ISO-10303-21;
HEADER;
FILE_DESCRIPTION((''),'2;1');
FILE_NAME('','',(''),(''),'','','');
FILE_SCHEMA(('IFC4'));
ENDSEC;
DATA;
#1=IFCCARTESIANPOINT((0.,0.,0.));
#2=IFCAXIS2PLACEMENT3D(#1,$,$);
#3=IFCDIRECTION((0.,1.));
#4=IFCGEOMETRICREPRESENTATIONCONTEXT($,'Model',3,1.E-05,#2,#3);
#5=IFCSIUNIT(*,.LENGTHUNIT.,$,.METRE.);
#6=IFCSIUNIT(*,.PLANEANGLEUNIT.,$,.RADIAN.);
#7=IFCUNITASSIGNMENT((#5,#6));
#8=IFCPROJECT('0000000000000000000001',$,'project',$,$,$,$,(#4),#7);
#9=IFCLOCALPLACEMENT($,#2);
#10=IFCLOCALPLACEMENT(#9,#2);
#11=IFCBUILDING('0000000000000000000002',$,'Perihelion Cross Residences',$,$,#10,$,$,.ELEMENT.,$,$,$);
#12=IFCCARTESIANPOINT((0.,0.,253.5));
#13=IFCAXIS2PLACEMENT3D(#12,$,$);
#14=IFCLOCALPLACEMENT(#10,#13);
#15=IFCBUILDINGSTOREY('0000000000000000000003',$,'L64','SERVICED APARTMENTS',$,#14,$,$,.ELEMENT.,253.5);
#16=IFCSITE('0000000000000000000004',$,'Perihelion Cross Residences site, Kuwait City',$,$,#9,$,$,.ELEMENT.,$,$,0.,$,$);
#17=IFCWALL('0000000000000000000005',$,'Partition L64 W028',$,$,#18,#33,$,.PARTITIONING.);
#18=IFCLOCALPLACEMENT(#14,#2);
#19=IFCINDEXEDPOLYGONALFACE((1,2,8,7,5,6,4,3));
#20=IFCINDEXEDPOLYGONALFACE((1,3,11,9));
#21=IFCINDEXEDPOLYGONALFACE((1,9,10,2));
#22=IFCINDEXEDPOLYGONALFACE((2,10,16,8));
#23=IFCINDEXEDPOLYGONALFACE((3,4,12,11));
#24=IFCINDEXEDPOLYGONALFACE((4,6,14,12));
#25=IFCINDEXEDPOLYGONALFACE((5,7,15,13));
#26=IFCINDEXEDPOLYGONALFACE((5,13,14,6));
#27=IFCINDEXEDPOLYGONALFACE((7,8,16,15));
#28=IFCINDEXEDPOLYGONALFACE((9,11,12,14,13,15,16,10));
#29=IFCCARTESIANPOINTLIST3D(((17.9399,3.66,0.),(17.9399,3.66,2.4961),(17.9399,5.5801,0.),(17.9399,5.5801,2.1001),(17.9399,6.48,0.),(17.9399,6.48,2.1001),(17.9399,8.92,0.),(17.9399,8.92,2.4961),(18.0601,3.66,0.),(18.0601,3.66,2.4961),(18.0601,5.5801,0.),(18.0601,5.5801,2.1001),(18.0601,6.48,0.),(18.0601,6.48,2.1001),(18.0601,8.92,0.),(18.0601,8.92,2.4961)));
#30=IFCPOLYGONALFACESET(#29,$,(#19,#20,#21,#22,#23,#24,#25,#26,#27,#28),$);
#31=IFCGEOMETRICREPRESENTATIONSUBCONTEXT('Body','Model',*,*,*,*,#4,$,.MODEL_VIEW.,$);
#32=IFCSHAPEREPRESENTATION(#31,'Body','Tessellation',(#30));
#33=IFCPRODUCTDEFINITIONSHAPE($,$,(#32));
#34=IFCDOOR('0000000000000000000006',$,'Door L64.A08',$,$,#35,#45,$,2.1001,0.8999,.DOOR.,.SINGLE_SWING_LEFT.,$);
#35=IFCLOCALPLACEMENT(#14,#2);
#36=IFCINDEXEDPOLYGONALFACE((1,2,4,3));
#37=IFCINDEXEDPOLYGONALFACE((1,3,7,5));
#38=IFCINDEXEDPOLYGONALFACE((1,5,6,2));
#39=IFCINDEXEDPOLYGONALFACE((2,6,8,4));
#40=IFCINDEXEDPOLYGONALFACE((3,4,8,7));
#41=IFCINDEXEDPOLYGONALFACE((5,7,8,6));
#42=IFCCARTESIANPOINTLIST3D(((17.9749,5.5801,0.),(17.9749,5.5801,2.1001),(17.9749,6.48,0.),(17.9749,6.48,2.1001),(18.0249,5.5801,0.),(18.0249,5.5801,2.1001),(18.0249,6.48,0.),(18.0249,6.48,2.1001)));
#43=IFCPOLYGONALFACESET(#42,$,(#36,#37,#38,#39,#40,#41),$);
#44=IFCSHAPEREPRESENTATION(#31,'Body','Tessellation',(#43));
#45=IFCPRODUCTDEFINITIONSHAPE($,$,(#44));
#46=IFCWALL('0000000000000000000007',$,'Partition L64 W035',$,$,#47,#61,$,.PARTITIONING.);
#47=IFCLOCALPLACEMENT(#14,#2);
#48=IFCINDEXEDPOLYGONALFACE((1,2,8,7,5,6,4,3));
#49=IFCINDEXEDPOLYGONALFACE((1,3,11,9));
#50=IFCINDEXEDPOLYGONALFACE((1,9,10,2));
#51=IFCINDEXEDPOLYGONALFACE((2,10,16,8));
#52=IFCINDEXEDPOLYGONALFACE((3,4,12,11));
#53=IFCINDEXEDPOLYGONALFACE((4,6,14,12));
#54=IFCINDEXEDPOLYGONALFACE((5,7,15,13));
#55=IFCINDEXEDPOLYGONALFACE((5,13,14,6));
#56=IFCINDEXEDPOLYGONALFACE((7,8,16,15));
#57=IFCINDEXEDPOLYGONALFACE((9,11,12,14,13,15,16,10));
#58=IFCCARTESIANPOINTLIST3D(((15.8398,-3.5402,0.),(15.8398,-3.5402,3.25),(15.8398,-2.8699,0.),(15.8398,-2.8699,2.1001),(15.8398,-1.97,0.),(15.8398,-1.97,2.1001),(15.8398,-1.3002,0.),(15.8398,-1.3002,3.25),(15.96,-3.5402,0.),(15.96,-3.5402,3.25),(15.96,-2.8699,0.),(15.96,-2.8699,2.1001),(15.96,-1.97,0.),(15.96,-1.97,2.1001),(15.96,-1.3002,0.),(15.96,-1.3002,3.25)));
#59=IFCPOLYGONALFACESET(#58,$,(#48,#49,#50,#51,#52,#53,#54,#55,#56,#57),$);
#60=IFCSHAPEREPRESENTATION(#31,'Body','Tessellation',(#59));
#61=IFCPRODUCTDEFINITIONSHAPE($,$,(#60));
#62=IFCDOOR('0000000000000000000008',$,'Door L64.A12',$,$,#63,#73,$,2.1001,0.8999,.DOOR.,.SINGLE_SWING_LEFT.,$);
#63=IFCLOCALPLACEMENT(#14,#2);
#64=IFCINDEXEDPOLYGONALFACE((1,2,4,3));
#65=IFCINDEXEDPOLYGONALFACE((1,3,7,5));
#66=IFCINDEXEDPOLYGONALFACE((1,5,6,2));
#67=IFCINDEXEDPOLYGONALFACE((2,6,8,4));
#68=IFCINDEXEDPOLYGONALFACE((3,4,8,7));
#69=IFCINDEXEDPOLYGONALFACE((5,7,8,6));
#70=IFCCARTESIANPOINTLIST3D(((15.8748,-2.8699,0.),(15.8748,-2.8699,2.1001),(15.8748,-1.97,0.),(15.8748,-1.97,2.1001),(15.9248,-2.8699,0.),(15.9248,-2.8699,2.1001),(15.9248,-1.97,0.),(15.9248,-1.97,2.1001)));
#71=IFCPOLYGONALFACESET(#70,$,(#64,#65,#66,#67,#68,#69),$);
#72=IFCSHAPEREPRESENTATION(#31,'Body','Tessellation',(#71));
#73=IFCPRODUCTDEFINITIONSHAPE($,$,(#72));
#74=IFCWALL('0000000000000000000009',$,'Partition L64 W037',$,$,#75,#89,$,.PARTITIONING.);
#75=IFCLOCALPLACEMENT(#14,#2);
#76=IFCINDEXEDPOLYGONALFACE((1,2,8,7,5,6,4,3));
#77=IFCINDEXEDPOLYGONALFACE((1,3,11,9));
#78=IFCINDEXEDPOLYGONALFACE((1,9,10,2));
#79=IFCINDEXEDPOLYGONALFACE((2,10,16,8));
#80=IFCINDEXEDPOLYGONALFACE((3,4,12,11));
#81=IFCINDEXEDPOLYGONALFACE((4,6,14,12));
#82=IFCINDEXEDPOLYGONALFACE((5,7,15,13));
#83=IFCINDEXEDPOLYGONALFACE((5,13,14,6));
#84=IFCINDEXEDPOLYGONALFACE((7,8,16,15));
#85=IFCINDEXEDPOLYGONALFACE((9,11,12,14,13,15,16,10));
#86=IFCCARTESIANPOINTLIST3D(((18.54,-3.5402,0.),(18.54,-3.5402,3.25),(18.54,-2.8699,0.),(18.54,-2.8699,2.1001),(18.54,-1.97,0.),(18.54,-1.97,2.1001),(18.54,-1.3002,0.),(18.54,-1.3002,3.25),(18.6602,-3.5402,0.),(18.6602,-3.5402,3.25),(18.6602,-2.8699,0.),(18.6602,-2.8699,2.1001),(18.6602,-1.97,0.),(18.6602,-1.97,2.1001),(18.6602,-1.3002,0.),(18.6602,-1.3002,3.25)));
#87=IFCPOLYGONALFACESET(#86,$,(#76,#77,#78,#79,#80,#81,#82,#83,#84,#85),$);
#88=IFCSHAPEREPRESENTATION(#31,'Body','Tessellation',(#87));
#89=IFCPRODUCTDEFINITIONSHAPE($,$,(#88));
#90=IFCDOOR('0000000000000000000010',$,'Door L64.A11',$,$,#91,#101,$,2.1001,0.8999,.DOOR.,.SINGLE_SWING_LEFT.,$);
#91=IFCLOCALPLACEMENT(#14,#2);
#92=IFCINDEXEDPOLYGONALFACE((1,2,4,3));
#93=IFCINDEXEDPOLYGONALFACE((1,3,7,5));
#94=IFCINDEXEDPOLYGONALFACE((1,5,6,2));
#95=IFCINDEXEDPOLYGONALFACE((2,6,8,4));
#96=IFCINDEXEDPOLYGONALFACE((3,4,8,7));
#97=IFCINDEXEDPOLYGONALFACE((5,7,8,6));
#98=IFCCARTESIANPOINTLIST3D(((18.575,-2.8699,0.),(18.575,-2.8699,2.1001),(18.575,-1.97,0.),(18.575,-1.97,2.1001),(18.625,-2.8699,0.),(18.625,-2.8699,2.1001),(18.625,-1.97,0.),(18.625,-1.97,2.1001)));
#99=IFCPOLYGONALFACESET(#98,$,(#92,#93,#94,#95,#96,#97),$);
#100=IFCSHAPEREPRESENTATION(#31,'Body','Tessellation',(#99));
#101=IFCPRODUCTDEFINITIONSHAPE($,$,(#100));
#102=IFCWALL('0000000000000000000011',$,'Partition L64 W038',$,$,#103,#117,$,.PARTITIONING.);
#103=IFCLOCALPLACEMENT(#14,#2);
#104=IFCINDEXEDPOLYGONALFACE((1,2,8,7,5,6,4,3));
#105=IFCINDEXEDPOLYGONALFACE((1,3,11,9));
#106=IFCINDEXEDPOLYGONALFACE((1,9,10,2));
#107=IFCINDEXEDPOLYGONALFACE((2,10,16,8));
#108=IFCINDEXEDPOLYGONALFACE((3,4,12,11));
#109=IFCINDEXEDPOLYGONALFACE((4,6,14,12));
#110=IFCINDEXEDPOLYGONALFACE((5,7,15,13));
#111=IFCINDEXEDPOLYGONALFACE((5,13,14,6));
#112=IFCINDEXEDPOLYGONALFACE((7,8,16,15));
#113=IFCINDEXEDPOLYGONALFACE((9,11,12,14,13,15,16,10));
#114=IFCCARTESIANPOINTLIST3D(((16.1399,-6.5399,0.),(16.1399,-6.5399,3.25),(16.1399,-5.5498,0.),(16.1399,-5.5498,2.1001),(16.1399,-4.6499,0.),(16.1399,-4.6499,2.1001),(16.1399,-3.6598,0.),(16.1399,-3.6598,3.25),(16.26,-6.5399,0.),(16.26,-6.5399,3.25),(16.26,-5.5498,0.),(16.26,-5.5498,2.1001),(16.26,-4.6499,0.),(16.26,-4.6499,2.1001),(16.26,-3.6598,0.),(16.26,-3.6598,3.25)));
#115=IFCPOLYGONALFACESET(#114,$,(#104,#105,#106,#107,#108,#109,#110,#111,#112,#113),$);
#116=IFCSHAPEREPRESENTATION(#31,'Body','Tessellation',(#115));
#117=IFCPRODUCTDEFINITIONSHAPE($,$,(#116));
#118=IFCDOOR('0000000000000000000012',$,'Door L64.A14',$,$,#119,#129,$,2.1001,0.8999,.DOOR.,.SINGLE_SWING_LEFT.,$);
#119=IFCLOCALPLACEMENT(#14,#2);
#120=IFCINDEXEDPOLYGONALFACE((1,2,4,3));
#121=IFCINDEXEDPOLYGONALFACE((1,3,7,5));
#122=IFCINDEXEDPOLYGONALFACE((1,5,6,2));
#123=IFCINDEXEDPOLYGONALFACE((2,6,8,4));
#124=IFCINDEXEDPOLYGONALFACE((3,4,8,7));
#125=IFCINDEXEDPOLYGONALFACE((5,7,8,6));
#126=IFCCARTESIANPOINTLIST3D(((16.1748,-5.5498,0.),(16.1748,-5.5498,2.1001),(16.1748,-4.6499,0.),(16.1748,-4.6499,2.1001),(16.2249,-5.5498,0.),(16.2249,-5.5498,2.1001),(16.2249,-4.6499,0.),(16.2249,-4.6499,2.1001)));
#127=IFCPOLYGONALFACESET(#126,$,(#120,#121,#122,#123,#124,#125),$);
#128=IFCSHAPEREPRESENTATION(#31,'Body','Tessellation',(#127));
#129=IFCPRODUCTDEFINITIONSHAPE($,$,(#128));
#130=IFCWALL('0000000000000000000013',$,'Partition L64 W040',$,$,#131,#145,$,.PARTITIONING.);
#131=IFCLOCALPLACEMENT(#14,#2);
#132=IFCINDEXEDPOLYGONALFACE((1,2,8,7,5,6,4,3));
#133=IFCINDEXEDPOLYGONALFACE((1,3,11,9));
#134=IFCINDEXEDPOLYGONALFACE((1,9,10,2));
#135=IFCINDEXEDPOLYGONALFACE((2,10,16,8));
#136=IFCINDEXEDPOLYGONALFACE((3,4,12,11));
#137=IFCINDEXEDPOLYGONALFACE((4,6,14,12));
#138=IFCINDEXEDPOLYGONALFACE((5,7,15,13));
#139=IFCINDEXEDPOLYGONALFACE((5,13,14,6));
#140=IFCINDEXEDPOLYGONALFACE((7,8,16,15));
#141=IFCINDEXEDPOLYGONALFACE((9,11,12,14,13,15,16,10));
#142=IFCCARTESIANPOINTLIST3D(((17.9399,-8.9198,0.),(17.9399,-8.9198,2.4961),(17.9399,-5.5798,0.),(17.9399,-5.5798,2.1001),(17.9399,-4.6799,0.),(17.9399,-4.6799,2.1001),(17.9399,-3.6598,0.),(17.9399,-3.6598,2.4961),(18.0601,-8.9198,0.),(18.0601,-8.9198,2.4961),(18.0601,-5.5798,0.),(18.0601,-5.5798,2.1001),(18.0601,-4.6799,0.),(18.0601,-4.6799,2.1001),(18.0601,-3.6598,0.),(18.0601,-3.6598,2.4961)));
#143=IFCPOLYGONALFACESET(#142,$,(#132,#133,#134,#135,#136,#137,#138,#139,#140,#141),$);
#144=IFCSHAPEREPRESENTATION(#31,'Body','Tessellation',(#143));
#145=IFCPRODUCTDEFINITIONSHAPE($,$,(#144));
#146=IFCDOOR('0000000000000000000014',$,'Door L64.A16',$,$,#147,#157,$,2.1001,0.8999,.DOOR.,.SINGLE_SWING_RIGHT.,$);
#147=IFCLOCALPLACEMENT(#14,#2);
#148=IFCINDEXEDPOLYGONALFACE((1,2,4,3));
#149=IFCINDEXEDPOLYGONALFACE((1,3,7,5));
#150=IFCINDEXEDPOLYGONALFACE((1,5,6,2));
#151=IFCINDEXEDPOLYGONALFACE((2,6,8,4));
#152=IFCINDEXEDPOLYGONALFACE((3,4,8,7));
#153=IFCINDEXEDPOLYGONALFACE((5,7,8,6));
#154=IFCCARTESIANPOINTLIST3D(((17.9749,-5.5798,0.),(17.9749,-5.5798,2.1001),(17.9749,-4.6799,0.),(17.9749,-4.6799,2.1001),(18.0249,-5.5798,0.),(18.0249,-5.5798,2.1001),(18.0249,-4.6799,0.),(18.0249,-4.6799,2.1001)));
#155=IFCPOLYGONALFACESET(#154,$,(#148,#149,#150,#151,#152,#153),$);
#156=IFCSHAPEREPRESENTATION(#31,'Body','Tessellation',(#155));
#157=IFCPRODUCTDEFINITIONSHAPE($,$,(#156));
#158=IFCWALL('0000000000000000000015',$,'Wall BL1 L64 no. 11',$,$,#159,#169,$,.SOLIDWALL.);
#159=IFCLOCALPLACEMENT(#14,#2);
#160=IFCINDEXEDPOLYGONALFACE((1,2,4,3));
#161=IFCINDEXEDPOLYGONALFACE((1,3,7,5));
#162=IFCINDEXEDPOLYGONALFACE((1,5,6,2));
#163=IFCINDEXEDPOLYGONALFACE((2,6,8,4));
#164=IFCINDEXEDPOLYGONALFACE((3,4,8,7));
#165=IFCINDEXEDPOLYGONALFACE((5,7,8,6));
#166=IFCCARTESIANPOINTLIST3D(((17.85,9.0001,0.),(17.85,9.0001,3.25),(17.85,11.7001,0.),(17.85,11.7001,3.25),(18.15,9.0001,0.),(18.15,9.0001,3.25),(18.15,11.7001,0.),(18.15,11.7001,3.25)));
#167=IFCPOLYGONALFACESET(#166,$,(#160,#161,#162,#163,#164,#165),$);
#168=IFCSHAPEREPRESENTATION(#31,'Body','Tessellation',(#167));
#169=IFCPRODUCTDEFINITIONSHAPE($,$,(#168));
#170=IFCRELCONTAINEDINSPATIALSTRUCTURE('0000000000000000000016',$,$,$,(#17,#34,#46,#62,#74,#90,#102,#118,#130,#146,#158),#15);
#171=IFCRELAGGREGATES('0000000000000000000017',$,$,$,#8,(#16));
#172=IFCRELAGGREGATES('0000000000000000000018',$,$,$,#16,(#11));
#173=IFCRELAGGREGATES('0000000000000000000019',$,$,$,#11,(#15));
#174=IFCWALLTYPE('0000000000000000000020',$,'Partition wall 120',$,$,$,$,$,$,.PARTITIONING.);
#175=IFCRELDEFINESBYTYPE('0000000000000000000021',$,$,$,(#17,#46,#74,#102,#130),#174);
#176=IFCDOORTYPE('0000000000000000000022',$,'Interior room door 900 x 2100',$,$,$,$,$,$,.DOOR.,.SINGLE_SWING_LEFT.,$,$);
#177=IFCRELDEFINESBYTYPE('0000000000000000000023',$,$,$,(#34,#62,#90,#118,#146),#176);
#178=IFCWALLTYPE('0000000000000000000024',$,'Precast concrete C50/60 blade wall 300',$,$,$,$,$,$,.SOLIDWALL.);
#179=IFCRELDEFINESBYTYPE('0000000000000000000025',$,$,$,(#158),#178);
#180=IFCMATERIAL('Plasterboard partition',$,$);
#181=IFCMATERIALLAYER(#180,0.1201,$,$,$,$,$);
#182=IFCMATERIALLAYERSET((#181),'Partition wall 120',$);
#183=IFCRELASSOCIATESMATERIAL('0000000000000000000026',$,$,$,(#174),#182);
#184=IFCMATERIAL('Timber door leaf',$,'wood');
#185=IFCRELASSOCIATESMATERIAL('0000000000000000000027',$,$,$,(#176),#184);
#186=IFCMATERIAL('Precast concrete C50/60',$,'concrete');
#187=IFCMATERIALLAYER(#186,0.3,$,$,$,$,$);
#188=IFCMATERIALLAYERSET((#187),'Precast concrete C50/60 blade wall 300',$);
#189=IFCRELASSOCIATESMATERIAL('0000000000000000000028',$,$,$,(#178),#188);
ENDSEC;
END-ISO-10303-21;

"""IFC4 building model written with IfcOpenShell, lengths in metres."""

from ifc_helpers import new_model, si_unit, direction, frame, frame_2d, origin, place, context, subcontext, project, spatial, rectangle, extrude, material, layer, layer_set, type_object, element, fill, save


model = new_model("IFC4")

# Units and contexts
model_context = context("Model", 3, precision=1e-05, world=origin(), true_north=direction((0.0, 1.0)))
body_context = subcontext(model_context, "Body", "Model", "MODEL_VIEW")
ifc_project = project(units=[si_unit("LENGTHUNIT", "METRE"), si_unit("PLANEANGLEUNIT", "RADIAN")], contexts=[model_context])

# Site, building, storey
site_placement = place(None, origin())
site = spatial("IfcSite", under=ifc_project, at=site_placement, Name="Perihelion Cross Residences site, Kuwait City", CompositionType="ELEMENT", RefElevation=0.0)
building_placement = place(site_placement, origin())
building = spatial("IfcBuilding", under=site, at=building_placement, Name="Perihelion Cross Residences", CompositionType="ELEMENT")
storey_placement = place(building_placement, frame((0.0, 0.0, 253.5)))
storey = spatial("IfcBuildingStorey", under=building, at=storey_placement, Name="L64", Description="SERVICED APARTMENTS", CompositionType="ELEMENT", Elevation=253.5)

# Walls, openings, doors
ifc_material_1 = material(Name="Plasterboard partition")
ifc_layer_1 = layer(ifc_material_1, 0.1201)
ifc_layer_set_1 = layer_set([ifc_layer_1], Name="Partition wall 120")
wall_type_1 = type_object("IfcWallType", Name="Partition wall 120", PredefinedType="PARTITIONING", material=ifc_layer_set_1)
ifc_material_2 = material(Name="Timber door leaf", Category="wood")
door_type_1 = type_object("IfcDoorType", Name="Interior room door 900 x 2100", OperationType="SINGLE_SWING_LEFT", PredefinedType="DOOR", material=ifc_material_2)
wall_1_placement = place(storey_placement, frame((18.0, 8.9199, 0.0), z_axis=(0.0, 0.0, 1.0), x_axis=(0.0, -1.0, 0.0)))
wall_1 = element("IfcWall", 1, at=wall_1_placement, inside=storey, type_object=wall_type_1, Name="Partition L64 W028", PredefinedType="PARTITIONING", context=body_context, shape_type="SweptSolid", body=[
    extrude(rectangle(XDim=5.26, YDim=0.1201, at=frame_2d((2.6299, 0.0))), origin(), (0.0, 0.0, 1.0), 2.4961),
])
opening_1_placement = place(wall_1_placement, frame((2.4399, 0.0, 0.0)))
opening_1 = element("IfcOpeningElement", 2, at=opening_1_placement, cuts=wall_1, PredefinedType="OPENING", context=body_context, shape_type="SweptSolid", body=[
    extrude(rectangle(XDim=0.8999, YDim=2.1001, at=frame_2d((0.45, 1.05))), frame((0.0, 0.0701, 0.0), z_axis=(0.0, -1.0, 0.0), x_axis=(1.0, 0.0, 0.0)), (0.0, 0.0, 1.0), 0.1401),
])
door_1_placement = place(opening_1_placement, origin())
door_1 = element("IfcDoor", 3, at=door_1_placement, inside=storey, type_object=door_type_1, Name="Door L64.A08", OperationType="SINGLE_SWING_LEFT", OverallHeight=2.1001, OverallWidth=0.8999, PredefinedType="DOOR", context=body_context, shape_type="SweptSolid", body=[
    extrude(rectangle(XDim=0.8999, YDim=2.1001, at=frame_2d((0.45, 1.05))), frame((0.0, 0.0249, 0.0), z_axis=(0.0, -1.0, 0.0), x_axis=(1.0, 0.0, 0.0)), (0.0, 0.0, 1.0), 0.05),
])
fill(opening_1, door_1)
wall_2_placement = place(storey_placement, frame((15.8999, -1.3, 0.0), z_axis=(0.0, 0.0, 1.0), x_axis=(0.0, -1.0, 0.0)))
wall_2 = element("IfcWall", 4, at=wall_2_placement, inside=storey, type_object=wall_type_1, Name="Partition L64 W035", PredefinedType="PARTITIONING", context=body_context, shape_type="SweptSolid", body=[
    extrude(rectangle(XDim=2.24, YDim=0.1201, at=frame_2d((1.1201, 0.0))), origin(), (0.0, 0.0, 1.0), 3.25),
])
opening_2_placement = place(wall_2_placement, frame((0.6699, 0.0, 0.0)))
opening_2 = element("IfcOpeningElement", 5, at=opening_2_placement, cuts=wall_2, PredefinedType="OPENING", context=body_context, shape_type="SweptSolid", body=[
    extrude(rectangle(XDim=0.8999, YDim=2.1001, at=frame_2d((0.45, 1.05))), frame((0.0, 0.0701, 0.0), z_axis=(0.0, -1.0, 0.0), x_axis=(1.0, 0.0, 0.0)), (0.0, 0.0, 1.0), 0.1401),
])
door_2_placement = place(opening_2_placement, origin())
door_2 = element("IfcDoor", 6, at=door_2_placement, inside=storey, type_object=door_type_1, Name="Door L64.A12", OperationType="SINGLE_SWING_LEFT", OverallHeight=2.1001, OverallWidth=0.8999, PredefinedType="DOOR", context=body_context, shape_type="SweptSolid", body=[
    extrude(rectangle(XDim=0.8999, YDim=2.1001, at=frame_2d((0.45, 1.05))), frame((0.0, 0.0249, 0.0), z_axis=(0.0, -1.0, 0.0), x_axis=(1.0, 0.0, 0.0)), (0.0, 0.0, 1.0), 0.05),
])
fill(opening_2, door_2)
wall_3_placement = place(storey_placement, frame((18.6001, -1.3, 0.0), z_axis=(0.0, 0.0, 1.0), x_axis=(0.0, -1.0, 0.0)))
wall_3 = element("IfcWall", 7, at=wall_3_placement, inside=storey, type_object=wall_type_1, Name="Partition L64 W037", PredefinedType="PARTITIONING", context=body_context, shape_type="SweptSolid", body=[
    extrude(rectangle(XDim=2.24, YDim=0.1201, at=frame_2d((1.1201, 0.0))), origin(), (0.0, 0.0, 1.0), 3.25),
])
opening_3_placement = place(wall_3_placement, frame((0.6699, 0.0, 0.0)))
opening_3 = element("IfcOpeningElement", 8, at=opening_3_placement, cuts=wall_3, PredefinedType="OPENING", context=body_context, shape_type="SweptSolid", body=[
    extrude(rectangle(XDim=0.8999, YDim=2.1001, at=frame_2d((0.45, 1.05))), frame((0.0, 0.0701, 0.0), z_axis=(0.0, -1.0, 0.0), x_axis=(1.0, 0.0, 0.0)), (0.0, 0.0, 1.0), 0.1401),
])
door_3_placement = place(opening_3_placement, origin())
door_3 = element("IfcDoor", 9, at=door_3_placement, inside=storey, type_object=door_type_1, Name="Door L64.A11", OperationType="SINGLE_SWING_LEFT", OverallHeight=2.1001, OverallWidth=0.8999, PredefinedType="DOOR", context=body_context, shape_type="SweptSolid", body=[
    extrude(rectangle(XDim=0.8999, YDim=2.1001, at=frame_2d((0.45, 1.05))), frame((0.0, 0.0249, 0.0), z_axis=(0.0, -1.0, 0.0), x_axis=(1.0, 0.0, 0.0)), (0.0, 0.0, 1.0), 0.05),
])
fill(opening_3, door_3)
wall_4_placement = place(storey_placement, frame((16.2, -3.6599, 0.0), z_axis=(0.0, 0.0, 1.0), x_axis=(0.0, -1.0, 0.0)))
wall_4 = element("IfcWall", 10, at=wall_4_placement, inside=storey, type_object=wall_type_1, Name="Partition L64 W038", PredefinedType="PARTITIONING", context=body_context, shape_type="SweptSolid", body=[
    extrude(rectangle(XDim=2.8801, YDim=0.1201, at=frame_2d((1.4399, 0.0))), origin(), (0.0, 0.0, 1.0), 3.25),
])
opening_4_placement = place(wall_4_placement, frame((0.99, 0.0, 0.0)))
opening_4 = element("IfcOpeningElement", 11, at=opening_4_placement, cuts=wall_4, PredefinedType="OPENING", context=body_context, shape_type="SweptSolid", body=[
    extrude(rectangle(XDim=0.8999, YDim=2.1001, at=frame_2d((0.45, 1.05))), frame((0.0, 0.0701, 0.0), z_axis=(0.0, -1.0, 0.0), x_axis=(1.0, 0.0, 0.0)), (0.0, 0.0, 1.0), 0.1401),
])
door_4_placement = place(opening_4_placement, origin())
door_4 = element("IfcDoor", 12, at=door_4_placement, inside=storey, type_object=door_type_1, Name="Door L64.A14", OperationType="SINGLE_SWING_LEFT", OverallHeight=2.1001, OverallWidth=0.8999, PredefinedType="DOOR", context=body_context, shape_type="SweptSolid", body=[
    extrude(rectangle(XDim=0.8999, YDim=2.1001, at=frame_2d((0.45, 1.05))), frame((0.0, 0.0249, 0.0), z_axis=(0.0, -1.0, 0.0), x_axis=(1.0, 0.0, 0.0)), (0.0, 0.0, 1.0), 0.05),
])
fill(opening_4, door_4)
wall_5_placement = place(storey_placement, frame((18.0, -3.6599, 0.0), z_axis=(0.0, 0.0, 1.0), x_axis=(0.0, -1.0, 0.0)))
wall_5 = element("IfcWall", 13, at=wall_5_placement, inside=storey, type_object=wall_type_1, Name="Partition L64 W040", PredefinedType="PARTITIONING", context=body_context, shape_type="SweptSolid", body=[
    extrude(rectangle(XDim=5.26, YDim=0.1201, at=frame_2d((2.6299, 0.0))), origin(), (0.0, 0.0, 1.0), 2.4961),
])
opening_5_placement = place(wall_5_placement, frame((1.02, 0.0, 0.0)))
opening_5 = element("IfcOpeningElement", 14, at=opening_5_placement, cuts=wall_5, PredefinedType="OPENING", context=body_context, shape_type="SweptSolid", body=[
    extrude(rectangle(XDim=0.8999, YDim=2.1001, at=frame_2d((0.45, 1.05))), frame((0.0, 0.0701, 0.0), z_axis=(0.0, -1.0, 0.0), x_axis=(1.0, 0.0, 0.0)), (0.0, 0.0, 1.0), 0.1401),
])
door_5_placement = place(opening_5_placement, origin())
door_5 = element("IfcDoor", 15, at=door_5_placement, inside=storey, type_object=door_type_1, Name="Door L64.A16", OperationType="SINGLE_SWING_RIGHT", OverallHeight=2.1001, OverallWidth=0.8999, PredefinedType="DOOR", context=body_context, shape_type="SweptSolid", body=[
    extrude(rectangle(XDim=0.8999, YDim=2.1001, at=frame_2d((0.45, 1.05))), frame((0.0, 0.0249, 0.0), z_axis=(0.0, -1.0, 0.0), x_axis=(1.0, 0.0, 0.0)), (0.0, 0.0, 1.0), 0.05),
])
fill(opening_5, door_5)

# Wall
ifc_material_3 = material(Name="Precast concrete C50/60", Category="concrete")
ifc_layer_2 = layer(ifc_material_3, 0.3)
ifc_layer_set_2 = layer_set([ifc_layer_2], Name="Precast concrete C50/60 blade wall 300")
wall_type_2 = type_object("IfcWallType", Name="Precast concrete C50/60 blade wall 300", PredefinedType="SOLIDWALL", material=ifc_layer_set_2)
wall_6_placement = place(storey_placement, frame((18.0, 9.0, 0.0), z_axis=(0.0, 0.0, 1.0), x_axis=(0.0, 1.0, 0.0)))
element("IfcWall", 16, at=wall_6_placement, inside=storey, type_object=wall_type_2, Name="Wall BL1 L64 no. 11", PredefinedType="SOLIDWALL", context=body_context, shape_type="SweptSolid", body=[
    extrude(rectangle(XDim=2.7, YDim=0.3, at=frame_2d((1.3501, 0.0))), origin(), (0.0, 0.0, 1.0), 3.25),
])

save(model, "model.ifc")
